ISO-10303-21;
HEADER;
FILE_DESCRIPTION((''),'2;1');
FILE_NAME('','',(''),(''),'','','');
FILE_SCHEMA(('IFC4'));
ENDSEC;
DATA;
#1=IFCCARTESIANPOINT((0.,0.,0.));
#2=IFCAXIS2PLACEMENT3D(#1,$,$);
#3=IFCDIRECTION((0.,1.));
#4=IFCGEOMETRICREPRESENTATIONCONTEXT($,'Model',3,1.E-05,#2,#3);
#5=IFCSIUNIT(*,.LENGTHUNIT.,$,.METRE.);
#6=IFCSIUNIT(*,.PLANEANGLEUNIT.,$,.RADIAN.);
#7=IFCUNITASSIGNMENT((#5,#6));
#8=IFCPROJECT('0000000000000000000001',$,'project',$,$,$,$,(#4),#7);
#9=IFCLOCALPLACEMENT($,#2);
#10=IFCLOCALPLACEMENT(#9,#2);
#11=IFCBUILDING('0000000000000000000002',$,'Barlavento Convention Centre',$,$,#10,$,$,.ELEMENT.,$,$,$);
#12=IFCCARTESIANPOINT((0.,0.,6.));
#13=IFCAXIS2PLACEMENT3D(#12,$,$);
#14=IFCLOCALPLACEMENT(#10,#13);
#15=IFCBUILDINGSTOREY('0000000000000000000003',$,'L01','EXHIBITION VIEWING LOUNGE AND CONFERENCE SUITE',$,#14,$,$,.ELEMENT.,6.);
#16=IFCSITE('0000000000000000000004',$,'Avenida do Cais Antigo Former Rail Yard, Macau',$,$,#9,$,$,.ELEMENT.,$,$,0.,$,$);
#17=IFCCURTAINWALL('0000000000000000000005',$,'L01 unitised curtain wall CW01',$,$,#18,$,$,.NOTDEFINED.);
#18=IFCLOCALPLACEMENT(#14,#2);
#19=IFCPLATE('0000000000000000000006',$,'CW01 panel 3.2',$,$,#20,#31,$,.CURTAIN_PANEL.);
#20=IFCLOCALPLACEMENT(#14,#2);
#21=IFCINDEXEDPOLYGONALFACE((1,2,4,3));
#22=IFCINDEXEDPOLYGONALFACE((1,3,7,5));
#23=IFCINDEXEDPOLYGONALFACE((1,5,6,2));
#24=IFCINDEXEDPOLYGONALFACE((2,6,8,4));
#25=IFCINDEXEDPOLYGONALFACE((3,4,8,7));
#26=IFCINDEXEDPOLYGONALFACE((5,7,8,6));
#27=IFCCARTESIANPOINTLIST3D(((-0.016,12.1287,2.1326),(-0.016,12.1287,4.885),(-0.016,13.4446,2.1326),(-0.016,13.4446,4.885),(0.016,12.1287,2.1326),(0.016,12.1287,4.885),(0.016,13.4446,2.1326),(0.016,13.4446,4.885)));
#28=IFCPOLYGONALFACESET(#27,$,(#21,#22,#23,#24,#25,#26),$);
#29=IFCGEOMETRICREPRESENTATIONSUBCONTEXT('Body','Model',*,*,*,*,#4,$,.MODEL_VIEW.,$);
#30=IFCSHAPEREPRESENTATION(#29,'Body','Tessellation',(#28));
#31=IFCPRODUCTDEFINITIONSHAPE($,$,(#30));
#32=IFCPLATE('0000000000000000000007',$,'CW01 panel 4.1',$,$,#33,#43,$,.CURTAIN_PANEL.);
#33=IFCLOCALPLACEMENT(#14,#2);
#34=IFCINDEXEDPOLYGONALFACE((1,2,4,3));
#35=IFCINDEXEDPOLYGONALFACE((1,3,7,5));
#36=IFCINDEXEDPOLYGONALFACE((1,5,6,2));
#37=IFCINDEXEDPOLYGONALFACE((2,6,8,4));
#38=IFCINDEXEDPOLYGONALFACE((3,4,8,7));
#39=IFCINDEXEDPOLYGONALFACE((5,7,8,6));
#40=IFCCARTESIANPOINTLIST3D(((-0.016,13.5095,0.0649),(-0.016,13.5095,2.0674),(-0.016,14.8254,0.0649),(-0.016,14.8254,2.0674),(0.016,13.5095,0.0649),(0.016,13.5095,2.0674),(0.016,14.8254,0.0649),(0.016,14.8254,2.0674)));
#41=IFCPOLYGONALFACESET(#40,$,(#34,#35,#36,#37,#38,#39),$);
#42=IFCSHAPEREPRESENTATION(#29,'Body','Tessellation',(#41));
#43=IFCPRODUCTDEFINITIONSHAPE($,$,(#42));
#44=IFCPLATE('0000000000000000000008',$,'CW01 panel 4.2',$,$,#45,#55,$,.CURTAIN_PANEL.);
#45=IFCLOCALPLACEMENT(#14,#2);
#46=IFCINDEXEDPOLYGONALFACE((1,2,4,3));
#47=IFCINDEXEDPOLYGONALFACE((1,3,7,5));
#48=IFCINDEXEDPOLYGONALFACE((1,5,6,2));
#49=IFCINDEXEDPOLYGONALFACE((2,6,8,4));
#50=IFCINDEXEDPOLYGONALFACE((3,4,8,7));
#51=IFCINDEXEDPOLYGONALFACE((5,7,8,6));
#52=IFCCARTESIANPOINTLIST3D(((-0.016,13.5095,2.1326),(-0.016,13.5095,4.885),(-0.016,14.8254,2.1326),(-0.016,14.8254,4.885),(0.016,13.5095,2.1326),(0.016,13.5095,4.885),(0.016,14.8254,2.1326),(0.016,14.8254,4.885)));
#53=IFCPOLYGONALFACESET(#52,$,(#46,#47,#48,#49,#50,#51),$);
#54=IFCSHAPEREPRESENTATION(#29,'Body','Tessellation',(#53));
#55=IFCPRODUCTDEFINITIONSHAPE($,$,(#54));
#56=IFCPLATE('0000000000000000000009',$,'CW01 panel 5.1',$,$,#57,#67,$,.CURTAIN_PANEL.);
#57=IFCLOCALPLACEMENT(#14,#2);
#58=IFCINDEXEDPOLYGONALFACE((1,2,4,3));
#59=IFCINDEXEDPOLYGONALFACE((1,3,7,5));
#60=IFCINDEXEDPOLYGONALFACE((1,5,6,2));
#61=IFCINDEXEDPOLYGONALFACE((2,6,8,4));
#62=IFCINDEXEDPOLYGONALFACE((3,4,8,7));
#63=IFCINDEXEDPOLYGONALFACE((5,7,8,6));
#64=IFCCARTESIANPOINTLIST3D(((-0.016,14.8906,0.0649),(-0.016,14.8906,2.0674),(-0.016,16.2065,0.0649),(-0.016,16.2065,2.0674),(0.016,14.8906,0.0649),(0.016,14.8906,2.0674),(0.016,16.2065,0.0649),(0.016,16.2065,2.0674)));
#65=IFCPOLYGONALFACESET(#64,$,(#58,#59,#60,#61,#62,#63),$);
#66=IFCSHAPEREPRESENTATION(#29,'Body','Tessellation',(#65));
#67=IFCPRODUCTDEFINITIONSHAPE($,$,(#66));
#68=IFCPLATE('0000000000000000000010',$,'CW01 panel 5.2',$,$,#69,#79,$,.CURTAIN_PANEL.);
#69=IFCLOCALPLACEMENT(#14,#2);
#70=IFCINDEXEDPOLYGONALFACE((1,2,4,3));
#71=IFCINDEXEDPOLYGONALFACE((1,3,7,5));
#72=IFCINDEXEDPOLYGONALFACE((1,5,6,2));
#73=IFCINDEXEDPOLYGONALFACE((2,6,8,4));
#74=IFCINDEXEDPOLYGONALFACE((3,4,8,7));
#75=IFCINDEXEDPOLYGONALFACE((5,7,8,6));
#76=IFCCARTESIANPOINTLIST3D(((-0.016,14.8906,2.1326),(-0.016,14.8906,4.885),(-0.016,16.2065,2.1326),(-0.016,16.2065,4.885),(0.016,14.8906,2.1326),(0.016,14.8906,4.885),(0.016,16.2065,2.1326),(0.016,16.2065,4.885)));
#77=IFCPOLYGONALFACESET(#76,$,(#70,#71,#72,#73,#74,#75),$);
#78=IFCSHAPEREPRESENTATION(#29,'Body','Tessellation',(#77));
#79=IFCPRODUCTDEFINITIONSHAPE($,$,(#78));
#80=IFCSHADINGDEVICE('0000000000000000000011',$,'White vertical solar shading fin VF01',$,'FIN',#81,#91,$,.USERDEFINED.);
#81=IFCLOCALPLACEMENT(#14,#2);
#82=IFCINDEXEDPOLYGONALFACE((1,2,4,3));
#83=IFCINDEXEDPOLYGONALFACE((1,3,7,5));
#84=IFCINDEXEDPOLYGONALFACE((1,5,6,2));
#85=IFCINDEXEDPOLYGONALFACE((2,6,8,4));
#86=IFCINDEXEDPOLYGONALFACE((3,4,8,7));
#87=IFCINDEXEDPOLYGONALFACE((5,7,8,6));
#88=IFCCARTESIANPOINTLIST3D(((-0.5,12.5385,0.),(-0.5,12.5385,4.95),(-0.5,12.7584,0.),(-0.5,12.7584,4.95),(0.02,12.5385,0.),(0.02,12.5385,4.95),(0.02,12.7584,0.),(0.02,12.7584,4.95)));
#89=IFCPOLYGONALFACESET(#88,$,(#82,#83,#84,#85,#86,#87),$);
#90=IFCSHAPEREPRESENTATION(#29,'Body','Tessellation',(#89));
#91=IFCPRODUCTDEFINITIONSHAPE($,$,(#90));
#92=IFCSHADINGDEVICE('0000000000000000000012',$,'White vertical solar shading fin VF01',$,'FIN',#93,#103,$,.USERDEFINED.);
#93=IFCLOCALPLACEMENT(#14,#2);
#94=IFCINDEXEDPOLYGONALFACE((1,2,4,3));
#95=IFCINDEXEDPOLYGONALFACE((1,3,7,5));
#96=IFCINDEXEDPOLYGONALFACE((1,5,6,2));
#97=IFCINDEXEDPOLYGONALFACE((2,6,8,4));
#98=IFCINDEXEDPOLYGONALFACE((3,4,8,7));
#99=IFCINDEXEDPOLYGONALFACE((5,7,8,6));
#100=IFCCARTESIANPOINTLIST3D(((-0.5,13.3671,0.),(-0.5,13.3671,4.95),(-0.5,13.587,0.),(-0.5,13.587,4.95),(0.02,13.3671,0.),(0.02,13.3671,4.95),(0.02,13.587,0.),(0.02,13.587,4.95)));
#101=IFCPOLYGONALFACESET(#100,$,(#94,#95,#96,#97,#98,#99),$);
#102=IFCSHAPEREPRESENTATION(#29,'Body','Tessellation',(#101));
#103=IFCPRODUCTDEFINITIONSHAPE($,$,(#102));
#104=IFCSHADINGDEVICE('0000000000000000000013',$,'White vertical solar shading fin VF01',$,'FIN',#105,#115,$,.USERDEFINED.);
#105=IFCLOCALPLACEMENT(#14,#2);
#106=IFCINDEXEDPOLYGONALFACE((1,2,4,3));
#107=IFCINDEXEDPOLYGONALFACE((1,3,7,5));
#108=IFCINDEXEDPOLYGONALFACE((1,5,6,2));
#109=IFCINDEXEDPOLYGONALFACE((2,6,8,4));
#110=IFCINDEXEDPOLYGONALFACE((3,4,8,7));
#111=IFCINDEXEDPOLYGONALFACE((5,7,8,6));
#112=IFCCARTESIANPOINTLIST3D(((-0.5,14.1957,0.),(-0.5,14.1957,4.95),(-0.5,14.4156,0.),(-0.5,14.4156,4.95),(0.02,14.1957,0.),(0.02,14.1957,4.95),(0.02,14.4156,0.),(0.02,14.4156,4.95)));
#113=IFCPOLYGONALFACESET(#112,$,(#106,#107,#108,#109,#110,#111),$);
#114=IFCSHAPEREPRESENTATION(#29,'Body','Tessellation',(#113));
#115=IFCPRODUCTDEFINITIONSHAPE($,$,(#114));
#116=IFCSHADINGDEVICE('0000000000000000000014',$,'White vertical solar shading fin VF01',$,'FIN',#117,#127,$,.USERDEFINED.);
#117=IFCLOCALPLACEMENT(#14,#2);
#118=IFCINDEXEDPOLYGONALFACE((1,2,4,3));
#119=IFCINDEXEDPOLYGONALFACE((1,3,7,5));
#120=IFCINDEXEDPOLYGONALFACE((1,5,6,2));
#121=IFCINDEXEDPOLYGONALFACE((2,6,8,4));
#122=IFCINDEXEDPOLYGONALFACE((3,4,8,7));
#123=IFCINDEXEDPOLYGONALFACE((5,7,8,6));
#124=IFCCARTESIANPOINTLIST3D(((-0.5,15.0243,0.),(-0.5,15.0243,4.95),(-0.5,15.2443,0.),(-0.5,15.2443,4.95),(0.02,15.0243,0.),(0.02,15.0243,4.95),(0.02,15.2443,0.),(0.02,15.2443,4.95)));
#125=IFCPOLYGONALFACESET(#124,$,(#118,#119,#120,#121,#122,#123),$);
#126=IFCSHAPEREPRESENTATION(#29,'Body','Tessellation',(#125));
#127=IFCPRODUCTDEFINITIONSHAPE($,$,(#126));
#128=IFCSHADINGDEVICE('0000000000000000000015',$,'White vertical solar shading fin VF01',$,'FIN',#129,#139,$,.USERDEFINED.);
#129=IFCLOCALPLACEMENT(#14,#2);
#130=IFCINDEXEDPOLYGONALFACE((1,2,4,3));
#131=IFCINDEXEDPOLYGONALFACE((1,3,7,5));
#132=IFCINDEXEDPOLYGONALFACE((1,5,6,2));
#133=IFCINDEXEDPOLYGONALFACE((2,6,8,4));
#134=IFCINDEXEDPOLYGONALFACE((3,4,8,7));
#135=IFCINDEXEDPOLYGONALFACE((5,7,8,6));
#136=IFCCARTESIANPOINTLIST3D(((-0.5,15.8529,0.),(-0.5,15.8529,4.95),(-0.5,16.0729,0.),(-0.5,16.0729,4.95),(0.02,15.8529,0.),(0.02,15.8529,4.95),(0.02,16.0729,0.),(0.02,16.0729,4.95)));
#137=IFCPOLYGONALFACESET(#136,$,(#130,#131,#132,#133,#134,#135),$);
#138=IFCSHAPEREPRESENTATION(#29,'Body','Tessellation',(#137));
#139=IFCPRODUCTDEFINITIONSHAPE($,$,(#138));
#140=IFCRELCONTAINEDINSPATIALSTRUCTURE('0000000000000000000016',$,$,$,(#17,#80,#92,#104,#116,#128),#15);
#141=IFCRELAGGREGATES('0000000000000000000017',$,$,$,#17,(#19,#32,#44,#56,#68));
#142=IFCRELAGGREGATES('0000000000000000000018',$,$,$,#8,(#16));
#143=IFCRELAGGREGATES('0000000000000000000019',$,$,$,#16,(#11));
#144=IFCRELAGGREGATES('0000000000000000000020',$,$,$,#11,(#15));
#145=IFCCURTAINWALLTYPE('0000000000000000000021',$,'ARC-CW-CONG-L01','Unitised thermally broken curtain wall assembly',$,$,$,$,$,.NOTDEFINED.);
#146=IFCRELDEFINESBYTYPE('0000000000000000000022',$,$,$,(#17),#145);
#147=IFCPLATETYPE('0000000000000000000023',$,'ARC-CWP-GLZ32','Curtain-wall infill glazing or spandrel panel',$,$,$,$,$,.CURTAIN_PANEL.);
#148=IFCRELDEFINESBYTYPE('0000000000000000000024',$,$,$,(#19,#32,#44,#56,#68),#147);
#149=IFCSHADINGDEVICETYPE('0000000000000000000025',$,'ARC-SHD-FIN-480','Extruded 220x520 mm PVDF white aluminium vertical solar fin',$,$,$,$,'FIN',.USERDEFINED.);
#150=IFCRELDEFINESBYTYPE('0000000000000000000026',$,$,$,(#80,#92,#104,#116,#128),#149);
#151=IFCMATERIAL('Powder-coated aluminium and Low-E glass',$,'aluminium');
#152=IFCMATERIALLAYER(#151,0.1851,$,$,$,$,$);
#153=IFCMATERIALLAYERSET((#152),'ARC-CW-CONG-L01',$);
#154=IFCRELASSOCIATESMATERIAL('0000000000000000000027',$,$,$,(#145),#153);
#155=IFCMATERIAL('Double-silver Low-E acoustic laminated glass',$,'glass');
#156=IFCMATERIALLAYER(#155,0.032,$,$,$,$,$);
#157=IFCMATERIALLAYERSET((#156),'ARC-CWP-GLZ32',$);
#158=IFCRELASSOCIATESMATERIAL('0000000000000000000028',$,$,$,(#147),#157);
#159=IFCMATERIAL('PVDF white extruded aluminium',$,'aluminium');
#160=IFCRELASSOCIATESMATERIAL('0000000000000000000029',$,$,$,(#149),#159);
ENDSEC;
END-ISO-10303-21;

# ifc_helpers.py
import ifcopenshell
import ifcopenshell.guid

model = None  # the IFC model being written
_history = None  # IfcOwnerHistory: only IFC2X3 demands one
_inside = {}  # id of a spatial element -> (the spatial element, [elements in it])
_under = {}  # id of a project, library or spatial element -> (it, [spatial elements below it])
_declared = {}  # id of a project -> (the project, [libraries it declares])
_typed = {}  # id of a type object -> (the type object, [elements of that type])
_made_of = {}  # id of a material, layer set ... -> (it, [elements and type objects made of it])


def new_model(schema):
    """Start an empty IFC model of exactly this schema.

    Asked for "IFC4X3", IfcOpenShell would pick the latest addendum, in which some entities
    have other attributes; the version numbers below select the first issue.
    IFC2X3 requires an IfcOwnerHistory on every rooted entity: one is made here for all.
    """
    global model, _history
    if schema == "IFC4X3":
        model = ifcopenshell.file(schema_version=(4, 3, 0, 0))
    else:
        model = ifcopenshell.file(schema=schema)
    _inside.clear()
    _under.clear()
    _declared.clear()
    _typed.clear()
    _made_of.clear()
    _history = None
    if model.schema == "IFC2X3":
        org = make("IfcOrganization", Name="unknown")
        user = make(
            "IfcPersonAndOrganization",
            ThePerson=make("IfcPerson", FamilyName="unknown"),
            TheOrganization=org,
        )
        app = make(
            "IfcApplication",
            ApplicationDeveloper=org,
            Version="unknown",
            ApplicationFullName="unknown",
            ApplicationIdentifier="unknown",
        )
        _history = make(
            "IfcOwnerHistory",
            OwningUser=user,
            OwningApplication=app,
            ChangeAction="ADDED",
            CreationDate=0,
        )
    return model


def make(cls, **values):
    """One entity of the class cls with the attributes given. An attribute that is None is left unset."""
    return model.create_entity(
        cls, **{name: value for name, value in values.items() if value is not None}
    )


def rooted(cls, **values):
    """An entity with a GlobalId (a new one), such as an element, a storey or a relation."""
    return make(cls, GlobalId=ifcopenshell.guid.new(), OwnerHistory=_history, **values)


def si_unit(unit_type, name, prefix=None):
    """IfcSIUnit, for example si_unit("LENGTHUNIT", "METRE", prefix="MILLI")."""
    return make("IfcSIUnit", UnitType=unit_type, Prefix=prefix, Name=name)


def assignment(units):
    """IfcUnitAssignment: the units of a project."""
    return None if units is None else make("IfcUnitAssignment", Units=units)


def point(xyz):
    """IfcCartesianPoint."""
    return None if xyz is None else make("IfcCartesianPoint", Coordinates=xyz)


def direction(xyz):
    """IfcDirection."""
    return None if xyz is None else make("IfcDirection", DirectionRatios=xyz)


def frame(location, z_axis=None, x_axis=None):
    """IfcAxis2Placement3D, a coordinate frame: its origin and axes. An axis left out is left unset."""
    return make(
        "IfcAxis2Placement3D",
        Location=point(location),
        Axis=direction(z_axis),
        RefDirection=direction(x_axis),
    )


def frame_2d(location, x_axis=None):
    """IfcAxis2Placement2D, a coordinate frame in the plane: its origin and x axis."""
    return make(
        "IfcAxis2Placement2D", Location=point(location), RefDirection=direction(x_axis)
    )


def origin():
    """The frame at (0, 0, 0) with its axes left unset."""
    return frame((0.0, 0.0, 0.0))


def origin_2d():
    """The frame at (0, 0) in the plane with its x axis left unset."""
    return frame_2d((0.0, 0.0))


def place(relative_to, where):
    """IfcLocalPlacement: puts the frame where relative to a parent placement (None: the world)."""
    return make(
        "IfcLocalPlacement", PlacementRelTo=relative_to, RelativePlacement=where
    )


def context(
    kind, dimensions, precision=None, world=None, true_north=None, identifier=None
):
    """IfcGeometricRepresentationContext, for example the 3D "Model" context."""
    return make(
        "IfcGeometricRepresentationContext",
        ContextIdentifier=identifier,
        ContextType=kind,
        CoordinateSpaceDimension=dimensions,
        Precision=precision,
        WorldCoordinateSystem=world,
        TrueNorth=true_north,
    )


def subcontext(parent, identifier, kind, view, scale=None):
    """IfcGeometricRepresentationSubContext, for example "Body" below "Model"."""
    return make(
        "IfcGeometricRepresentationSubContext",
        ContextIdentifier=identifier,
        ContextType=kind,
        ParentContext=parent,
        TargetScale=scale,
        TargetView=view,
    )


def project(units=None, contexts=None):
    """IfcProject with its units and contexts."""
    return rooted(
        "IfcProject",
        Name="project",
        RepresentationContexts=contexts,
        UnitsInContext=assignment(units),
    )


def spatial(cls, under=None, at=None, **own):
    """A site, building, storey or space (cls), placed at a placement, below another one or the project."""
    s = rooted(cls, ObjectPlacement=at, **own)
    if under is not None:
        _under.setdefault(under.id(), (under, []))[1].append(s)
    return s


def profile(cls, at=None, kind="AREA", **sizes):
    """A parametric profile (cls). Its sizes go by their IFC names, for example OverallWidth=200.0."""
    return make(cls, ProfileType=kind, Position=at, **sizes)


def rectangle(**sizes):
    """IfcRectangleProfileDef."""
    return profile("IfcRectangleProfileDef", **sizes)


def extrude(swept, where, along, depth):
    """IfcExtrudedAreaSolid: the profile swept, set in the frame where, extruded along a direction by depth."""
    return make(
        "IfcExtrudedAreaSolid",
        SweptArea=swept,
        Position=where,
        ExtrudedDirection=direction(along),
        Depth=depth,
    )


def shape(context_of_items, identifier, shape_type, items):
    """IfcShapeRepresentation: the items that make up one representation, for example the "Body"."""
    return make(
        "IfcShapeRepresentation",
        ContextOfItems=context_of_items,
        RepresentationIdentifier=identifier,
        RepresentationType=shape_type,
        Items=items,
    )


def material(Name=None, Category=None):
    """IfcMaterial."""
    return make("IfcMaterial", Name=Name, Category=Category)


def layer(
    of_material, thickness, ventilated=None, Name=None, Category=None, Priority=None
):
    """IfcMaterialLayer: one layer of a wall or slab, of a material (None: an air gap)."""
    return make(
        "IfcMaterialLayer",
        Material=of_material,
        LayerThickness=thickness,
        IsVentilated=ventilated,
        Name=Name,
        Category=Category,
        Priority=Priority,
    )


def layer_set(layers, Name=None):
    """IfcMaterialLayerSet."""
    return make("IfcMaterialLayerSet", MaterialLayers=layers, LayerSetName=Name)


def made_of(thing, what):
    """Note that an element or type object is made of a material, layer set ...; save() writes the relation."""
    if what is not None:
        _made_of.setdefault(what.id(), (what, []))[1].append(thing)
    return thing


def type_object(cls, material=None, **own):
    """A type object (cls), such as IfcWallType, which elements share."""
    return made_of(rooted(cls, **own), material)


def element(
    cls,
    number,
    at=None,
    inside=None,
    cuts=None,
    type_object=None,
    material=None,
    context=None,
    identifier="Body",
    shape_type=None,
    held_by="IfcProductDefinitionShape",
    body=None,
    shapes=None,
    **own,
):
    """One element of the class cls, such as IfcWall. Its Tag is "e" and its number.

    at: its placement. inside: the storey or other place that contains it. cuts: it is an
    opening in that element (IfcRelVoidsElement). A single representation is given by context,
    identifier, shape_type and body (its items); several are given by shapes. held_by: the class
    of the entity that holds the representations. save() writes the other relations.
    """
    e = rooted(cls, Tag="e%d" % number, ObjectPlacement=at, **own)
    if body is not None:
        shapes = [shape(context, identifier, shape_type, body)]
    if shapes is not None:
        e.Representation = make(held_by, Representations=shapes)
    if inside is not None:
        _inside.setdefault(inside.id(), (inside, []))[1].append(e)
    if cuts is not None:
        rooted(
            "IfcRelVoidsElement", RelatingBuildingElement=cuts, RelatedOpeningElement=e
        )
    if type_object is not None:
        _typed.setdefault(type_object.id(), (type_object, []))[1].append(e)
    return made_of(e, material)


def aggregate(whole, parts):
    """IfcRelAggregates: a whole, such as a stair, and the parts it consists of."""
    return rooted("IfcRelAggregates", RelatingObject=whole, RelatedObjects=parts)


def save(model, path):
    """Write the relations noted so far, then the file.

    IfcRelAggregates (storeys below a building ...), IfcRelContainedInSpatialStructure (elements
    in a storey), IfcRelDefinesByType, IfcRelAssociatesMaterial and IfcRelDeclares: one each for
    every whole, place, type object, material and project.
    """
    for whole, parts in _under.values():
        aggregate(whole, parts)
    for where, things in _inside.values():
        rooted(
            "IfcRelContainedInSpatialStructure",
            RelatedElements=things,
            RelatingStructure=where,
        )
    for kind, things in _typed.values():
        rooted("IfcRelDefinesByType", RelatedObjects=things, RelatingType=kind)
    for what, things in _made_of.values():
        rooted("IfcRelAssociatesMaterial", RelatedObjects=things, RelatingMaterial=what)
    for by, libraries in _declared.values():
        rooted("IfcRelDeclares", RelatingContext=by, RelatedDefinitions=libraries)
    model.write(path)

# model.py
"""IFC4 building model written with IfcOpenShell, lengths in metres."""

from ifc_helpers import new_model, si_unit, direction, frame, origin, origin_2d, place, context, subcontext, project, spatial, rectangle, extrude, material, layer, layer_set, type_object, element, aggregate, save


model = new_model("IFC4")

# Units and contexts
model_context = context("Model", 3, precision=1e-05, world=origin(), true_north=direction((0.0, 1.0)))
body_context = subcontext(model_context, "Body", "Model", "MODEL_VIEW")
ifc_project = project(units=[si_unit("LENGTHUNIT", "METRE"), si_unit("PLANEANGLEUNIT", "RADIAN")], contexts=[model_context])

# Site, building, storey
site_placement = place(None, origin())
site = spatial("IfcSite", under=ifc_project, at=site_placement, Name="Avenida do Cais Antigo Former Rail Yard, Macau", CompositionType="ELEMENT", RefElevation=0.0)
building_placement = place(site_placement, origin())
building = spatial("IfcBuilding", under=site, at=building_placement, Name="Barlavento Convention Centre", CompositionType="ELEMENT")
storey_placement = place(building_placement, frame((0.0, 0.0, 6.0)))
storey = spatial("IfcBuildingStorey", under=building, at=storey_placement, Name="L01", Description="EXHIBITION VIEWING LOUNGE AND CONFERENCE SUITE", CompositionType="ELEMENT", Elevation=6.0)

# Curtain wall, plates
ifc_material_1 = material(Name="Powder-coated aluminium and Low-E glass", Category="aluminium")
ifc_layer_1 = layer(ifc_material_1, 0.1851)
ifc_layer_set_1 = layer_set([ifc_layer_1], Name="ARC-CW-CONG-L01")
curtain_wall_type = type_object("IfcCurtainWallType", Name="ARC-CW-CONG-L01", Description="Unitised thermally broken curtain wall assembly", PredefinedType="NOTDEFINED", material=ifc_layer_set_1)
curtain_wall_placement = place(storey_placement, origin())
curtain_wall = element("IfcCurtainWall", 1, at=curtain_wall_placement, inside=storey, type_object=curtain_wall_type, Name="L01 unitised curtain wall CW01", PredefinedType="NOTDEFINED")
ifc_material_2 = material(Name="Double-silver Low-E acoustic laminated glass", Category="glass")
ifc_layer_2 = layer(ifc_material_2, 0.032)
ifc_layer_set_2 = layer_set([ifc_layer_2], Name="ARC-CWP-GLZ32")
plate_type = type_object("IfcPlateType", Name="ARC-CWP-GLZ32", Description="Curtain-wall infill glazing or spandrel panel", PredefinedType="CURTAIN_PANEL", material=ifc_layer_set_2)
plate_1_placement = place(storey_placement, frame((0.0, 12.7866, 2.1326), z_axis=(0.0, 0.0, 1.0), x_axis=(0.0, 1.0, 0.0)))
plate_1 = element("IfcPlate", 2, at=plate_1_placement, type_object=plate_type, Name="CW01 panel 3.2", PredefinedType="CURTAIN_PANEL", context=body_context, shape_type="SweptSolid", body=[
    extrude(rectangle(XDim=1.3159, YDim=0.032, at=origin_2d()), origin(), (0.0, 0.0, 1.0), 2.7524),
])
plate_2_placement = place(storey_placement, frame((0.0, 14.1675, 0.0649), z_axis=(0.0, 0.0, 1.0), x_axis=(0.0, 1.0, 0.0)))
plate_2 = element("IfcPlate", 3, at=plate_2_placement, type_object=plate_type, Name="CW01 panel 4.1", PredefinedType="CURTAIN_PANEL", context=body_context, shape_type="SweptSolid", body=[
    extrude(rectangle(XDim=1.3159, YDim=0.032, at=origin_2d()), origin(), (0.0, 0.0, 1.0), 2.0024),
])
plate_3_placement = place(storey_placement, frame((0.0, 14.1675, 2.1326), z_axis=(0.0, 0.0, 1.0), x_axis=(0.0, 1.0, 0.0)))
plate_3 = element("IfcPlate", 4, at=plate_3_placement, type_object=plate_type, Name="CW01 panel 4.2", PredefinedType="CURTAIN_PANEL", context=body_context, shape_type="SweptSolid", body=[
    extrude(rectangle(XDim=1.3159, YDim=0.032, at=origin_2d()), origin(), (0.0, 0.0, 1.0), 2.7524),
])
plate_4_placement = place(storey_placement, frame((0.0, 15.5486, 0.0649), z_axis=(0.0, 0.0, 1.0), x_axis=(0.0, 1.0, 0.0)))
plate_4 = element("IfcPlate", 5, at=plate_4_placement, type_object=plate_type, Name="CW01 panel 5.1", PredefinedType="CURTAIN_PANEL", context=body_context, shape_type="SweptSolid", body=[
    extrude(rectangle(XDim=1.3159, YDim=0.032, at=origin_2d()), origin(), (0.0, 0.0, 1.0), 2.0024),
])
plate_5_placement = place(storey_placement, frame((0.0, 15.5486, 2.1326), z_axis=(0.0, 0.0, 1.0), x_axis=(0.0, 1.0, 0.0)))
plate_5 = element("IfcPlate", 6, at=plate_5_placement, type_object=plate_type, Name="CW01 panel 5.2", PredefinedType="CURTAIN_PANEL", context=body_context, shape_type="SweptSolid", body=[
    extrude(rectangle(XDim=1.3159, YDim=0.032, at=origin_2d()), origin(), (0.0, 0.0, 1.0), 2.7524),
])
aggregate(curtain_wall, [plate_1, plate_2, plate_3, plate_4, plate_5])

# Shading devices
ifc_material_3 = material(Name="PVDF white extruded aluminium", Category="aluminium")
shading_device_type = type_object("IfcShadingDeviceType", Name="ARC-SHD-FIN-480", Description="Extruded 220x520 mm PVDF white aluminium vertical solar fin", ElementType="FIN", PredefinedType="USERDEFINED", material=ifc_material_3)
for number, where, z_axis, x_axis, name in (
    (7, (-0.24, 12.6484, 0.0), (0.0, 0.0, 1.0), (0.0, 1.0, 0.0), "White vertical solar shading fin VF01"),
    (8, (-0.24, 13.4771, 0.0), (0.0, 0.0, 1.0), (0.0, 1.0, 0.0), "White vertical solar shading fin VF01"),
    (9, (-0.24, 14.3057, 0.0), (0.0, 0.0, 1.0), (0.0, 1.0, 0.0), "White vertical solar shading fin VF01"),
    (10, (-0.24, 15.1343, 0.0), (0.0, 0.0, 1.0), (0.0, 1.0, 0.0), "White vertical solar shading fin VF01"),
    (11, (-0.24, 15.9629, 0.0), (0.0, 0.0, 1.0), (0.0, 1.0, 0.0), "White vertical solar shading fin VF01"),
):
    element("IfcShadingDevice", number, at=place(storey_placement, frame(where, z_axis=z_axis, x_axis=x_axis)), inside=storey, type_object=shading_device_type, Name=name, ObjectType="FIN", PredefinedType="USERDEFINED", context=body_context, shape_type="SweptSolid", body=[
        extrude(rectangle(XDim=0.22, YDim=0.52, at=origin_2d()), origin(), (0.0, 0.0, 1.0), 4.95),
    ])

save(model, "model.ifc")
